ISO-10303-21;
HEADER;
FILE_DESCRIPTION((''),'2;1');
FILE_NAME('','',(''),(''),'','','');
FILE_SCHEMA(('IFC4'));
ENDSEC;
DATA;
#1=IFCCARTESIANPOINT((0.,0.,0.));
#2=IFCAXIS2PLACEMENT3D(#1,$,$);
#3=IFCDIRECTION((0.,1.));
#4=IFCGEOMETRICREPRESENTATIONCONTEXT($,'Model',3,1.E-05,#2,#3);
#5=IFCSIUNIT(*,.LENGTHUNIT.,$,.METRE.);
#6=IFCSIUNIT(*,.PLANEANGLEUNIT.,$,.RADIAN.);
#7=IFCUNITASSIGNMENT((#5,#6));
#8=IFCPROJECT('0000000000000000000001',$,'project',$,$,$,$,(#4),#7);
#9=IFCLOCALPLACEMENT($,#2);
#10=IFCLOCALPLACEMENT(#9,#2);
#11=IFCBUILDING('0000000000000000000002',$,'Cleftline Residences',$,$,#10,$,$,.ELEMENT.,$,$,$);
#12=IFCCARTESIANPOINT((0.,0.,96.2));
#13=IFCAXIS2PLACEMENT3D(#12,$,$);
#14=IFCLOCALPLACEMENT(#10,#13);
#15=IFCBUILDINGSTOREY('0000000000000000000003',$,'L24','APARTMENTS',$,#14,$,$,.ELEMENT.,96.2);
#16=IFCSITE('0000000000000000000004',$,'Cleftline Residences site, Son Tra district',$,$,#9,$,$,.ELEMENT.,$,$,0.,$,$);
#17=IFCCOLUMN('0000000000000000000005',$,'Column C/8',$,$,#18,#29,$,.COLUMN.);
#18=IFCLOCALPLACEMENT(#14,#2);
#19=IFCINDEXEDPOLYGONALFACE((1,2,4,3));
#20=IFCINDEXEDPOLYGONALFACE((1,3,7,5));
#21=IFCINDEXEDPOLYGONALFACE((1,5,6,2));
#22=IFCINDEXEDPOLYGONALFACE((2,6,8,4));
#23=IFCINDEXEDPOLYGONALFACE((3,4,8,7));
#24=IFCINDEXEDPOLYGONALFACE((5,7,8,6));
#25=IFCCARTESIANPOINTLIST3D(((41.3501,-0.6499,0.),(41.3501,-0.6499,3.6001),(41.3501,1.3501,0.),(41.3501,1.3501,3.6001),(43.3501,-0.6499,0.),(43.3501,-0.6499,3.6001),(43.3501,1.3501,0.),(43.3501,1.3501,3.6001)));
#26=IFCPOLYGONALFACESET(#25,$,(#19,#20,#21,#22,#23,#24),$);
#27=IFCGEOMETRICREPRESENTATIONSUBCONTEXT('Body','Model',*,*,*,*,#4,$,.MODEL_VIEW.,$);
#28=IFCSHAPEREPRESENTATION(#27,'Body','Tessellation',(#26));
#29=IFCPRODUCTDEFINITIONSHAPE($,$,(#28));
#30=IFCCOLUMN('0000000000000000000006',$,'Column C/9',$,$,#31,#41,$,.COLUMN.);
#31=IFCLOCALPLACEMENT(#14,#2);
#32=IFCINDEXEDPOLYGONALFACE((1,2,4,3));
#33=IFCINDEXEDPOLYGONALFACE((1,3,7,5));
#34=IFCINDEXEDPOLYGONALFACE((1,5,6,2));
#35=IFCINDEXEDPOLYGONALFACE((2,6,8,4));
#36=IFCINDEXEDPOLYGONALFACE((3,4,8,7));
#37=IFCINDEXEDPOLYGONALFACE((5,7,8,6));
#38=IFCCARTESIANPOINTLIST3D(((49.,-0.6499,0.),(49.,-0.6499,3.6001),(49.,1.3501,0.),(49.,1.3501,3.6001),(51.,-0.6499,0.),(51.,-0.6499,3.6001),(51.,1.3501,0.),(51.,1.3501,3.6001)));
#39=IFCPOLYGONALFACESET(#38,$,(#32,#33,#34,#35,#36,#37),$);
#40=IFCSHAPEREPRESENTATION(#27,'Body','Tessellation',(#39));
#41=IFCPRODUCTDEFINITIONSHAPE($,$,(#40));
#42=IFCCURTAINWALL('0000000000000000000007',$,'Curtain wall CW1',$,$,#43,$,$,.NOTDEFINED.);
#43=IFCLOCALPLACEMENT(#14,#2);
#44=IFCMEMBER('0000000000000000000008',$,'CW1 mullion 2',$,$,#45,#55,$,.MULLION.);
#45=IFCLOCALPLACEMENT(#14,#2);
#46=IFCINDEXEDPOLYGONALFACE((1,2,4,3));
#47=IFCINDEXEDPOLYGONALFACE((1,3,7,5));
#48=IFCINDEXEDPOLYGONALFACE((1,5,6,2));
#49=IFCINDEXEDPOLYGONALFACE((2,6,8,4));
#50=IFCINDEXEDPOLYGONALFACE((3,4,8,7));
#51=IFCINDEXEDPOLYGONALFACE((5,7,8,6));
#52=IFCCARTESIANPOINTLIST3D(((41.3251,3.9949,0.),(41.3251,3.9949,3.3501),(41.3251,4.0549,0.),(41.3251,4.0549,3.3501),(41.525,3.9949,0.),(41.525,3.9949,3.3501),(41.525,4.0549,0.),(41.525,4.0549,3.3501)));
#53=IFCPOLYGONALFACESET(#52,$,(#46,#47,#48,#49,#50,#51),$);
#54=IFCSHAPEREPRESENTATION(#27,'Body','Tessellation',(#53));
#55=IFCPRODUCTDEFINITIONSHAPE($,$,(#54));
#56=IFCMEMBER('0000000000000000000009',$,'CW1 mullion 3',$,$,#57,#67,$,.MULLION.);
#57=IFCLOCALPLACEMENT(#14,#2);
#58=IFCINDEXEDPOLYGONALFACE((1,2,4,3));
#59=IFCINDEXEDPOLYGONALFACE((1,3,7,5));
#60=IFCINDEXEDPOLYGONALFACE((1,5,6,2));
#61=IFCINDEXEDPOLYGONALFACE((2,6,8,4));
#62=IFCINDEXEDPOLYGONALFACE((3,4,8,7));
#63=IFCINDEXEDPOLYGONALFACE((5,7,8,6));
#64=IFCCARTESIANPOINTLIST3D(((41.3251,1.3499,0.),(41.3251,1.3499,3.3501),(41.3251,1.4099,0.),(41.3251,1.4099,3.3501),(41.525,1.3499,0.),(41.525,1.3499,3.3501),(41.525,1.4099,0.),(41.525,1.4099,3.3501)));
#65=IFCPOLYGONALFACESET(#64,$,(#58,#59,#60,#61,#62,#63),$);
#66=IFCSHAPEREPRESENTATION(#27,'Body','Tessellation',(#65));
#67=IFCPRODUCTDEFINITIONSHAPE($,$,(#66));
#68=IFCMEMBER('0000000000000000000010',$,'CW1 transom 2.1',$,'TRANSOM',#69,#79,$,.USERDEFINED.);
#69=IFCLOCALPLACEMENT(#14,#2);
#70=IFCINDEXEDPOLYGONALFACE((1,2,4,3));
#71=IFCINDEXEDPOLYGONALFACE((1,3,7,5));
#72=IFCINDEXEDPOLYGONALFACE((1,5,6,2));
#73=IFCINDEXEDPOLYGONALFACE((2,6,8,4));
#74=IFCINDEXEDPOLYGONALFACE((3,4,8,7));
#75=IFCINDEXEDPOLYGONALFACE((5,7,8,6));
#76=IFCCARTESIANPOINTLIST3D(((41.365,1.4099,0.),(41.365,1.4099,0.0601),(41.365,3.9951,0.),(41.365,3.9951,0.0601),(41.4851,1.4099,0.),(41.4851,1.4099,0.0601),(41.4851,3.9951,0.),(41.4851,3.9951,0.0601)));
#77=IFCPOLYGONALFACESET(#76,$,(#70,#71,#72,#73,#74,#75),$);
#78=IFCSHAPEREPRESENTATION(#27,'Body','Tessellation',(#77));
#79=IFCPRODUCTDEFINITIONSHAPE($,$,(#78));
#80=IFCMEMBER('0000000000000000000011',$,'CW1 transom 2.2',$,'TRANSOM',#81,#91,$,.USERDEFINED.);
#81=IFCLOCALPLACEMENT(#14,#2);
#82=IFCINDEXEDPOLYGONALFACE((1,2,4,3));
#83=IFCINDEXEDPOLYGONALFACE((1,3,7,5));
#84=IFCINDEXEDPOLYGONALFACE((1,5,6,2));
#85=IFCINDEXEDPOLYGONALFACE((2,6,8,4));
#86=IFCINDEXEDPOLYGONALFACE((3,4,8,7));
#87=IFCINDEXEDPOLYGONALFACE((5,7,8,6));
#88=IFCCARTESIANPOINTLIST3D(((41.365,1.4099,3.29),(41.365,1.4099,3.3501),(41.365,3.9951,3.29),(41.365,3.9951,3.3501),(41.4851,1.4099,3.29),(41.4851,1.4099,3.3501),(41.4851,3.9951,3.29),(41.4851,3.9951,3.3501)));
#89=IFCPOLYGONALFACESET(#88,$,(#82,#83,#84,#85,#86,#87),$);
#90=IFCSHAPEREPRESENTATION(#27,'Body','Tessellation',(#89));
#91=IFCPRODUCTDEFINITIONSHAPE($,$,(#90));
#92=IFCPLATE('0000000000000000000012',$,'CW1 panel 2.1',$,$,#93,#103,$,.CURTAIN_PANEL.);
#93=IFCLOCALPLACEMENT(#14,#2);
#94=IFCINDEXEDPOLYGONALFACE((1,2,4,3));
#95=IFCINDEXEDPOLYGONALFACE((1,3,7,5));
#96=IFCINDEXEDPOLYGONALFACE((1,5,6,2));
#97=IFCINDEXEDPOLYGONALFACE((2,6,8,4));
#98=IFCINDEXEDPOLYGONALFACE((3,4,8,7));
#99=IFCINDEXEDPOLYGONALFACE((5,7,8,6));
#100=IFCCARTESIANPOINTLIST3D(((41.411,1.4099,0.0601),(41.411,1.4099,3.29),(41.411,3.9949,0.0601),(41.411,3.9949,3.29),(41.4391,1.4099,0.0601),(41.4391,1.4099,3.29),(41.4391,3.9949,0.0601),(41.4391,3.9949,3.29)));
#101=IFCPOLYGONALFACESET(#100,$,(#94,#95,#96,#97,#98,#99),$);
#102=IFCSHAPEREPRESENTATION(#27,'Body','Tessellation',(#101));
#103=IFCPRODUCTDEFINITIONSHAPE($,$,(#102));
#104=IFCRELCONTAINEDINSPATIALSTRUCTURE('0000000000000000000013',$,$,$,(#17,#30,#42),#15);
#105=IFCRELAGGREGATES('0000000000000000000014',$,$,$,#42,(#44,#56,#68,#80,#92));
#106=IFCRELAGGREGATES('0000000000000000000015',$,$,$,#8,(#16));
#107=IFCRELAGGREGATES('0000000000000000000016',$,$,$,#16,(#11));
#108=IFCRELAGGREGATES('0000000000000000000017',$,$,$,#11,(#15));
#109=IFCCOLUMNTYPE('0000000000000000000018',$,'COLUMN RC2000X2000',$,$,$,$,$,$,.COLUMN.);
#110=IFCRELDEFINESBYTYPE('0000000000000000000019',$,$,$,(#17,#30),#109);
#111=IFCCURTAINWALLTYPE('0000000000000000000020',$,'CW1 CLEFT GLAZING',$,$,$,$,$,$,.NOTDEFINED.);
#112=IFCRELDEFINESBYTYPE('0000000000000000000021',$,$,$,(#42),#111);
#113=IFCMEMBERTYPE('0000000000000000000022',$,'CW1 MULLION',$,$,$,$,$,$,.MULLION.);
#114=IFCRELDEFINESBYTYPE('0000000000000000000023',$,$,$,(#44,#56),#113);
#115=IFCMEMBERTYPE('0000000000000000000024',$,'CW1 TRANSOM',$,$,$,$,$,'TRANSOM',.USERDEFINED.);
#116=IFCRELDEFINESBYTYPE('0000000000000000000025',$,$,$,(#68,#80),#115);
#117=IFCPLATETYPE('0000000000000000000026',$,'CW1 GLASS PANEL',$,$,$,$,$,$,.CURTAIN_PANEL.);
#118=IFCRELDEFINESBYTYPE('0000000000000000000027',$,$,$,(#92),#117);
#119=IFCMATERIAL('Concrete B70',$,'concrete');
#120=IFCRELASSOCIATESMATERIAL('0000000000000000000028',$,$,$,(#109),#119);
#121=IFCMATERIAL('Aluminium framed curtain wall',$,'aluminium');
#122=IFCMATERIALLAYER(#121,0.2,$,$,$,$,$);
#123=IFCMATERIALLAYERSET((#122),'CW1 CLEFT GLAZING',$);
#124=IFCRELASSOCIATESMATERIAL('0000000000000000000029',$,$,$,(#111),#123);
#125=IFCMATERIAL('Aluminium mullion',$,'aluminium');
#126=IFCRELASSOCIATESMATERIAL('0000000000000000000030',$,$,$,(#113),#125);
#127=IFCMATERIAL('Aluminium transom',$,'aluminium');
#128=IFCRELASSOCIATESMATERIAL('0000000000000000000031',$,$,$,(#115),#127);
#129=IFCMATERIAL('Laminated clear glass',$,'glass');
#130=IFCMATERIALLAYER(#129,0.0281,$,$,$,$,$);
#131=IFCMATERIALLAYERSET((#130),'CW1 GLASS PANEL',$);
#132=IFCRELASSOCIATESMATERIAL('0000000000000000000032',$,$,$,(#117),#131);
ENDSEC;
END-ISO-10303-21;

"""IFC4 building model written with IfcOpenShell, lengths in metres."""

from ifc_helpers import new_model, si_unit, direction, frame, origin, origin_2d, place, context, subcontext, project, spatial, rectangle, extrude, material, layer, layer_set, material_profile, profile_set, type_object, element, aggregate, save


model = new_model("IFC4")

# Units and contexts
model_context = context("Model", 3, precision=1e-05, world=origin(), true_north=direction((0.0, 1.0)))
body_context = subcontext(model_context, "Body", "Model", "MODEL_VIEW")
ifc_project = project(units=[si_unit("LENGTHUNIT", "METRE"), si_unit("PLANEANGLEUNIT", "RADIAN")], contexts=[model_context])

# Site, building, storey
site_placement = place(None, origin())
site = spatial("IfcSite", under=ifc_project, at=site_placement, Name="Cleftline Residences site, Son Tra district", CompositionType="ELEMENT", RefElevation=0.0)
building_placement = place(site_placement, origin())
building = spatial("IfcBuilding", under=site, at=building_placement, Name="Cleftline Residences", CompositionType="ELEMENT")
storey_placement = place(building_placement, frame((0.0, 0.0, 96.2)))
storey = spatial("IfcBuildingStorey", under=building, at=storey_placement, Name="L24", Description="APARTMENTS", CompositionType="ELEMENT", Elevation=96.2)

# Columns
ifc_material_1 = material(Name="Concrete B70", Category="concrete")
ifc_material_profile_1 = material_profile(ifc_material_1, rectangle(XDim=2.0, YDim=2.0, at=origin_2d()))
ifc_profile_set_1 = profile_set([ifc_material_profile_1], Name="Concrete B70")
column_type = type_object("IfcColumnType", Name="COLUMN RC2000X2000", PredefinedType="COLUMN", material=ifc_profile_set_1)
for number, where, z_axis, x_axis, name in (
    (1, (42.3501, 0.3501, 0.0), (0.0, 0.0, 1.0), (1.0, 0.0, 0.0), "Column C/8"),
    (2, (50.0, 0.3501, 0.0), (0.0, 0.0, 1.0), (1.0, 0.0, 0.0), "Column C/9"),
):
    element("IfcColumn", number, at=place(storey_placement, frame(where, z_axis=z_axis, x_axis=x_axis)), inside=storey, type_object=column_type, Name=name, PredefinedType="COLUMN", context=body_context, shape_type="SweptSolid", body=[
        extrude(rectangle(XDim=2.0, YDim=2.0, at=origin_2d()), origin(), (0.0, 0.0, 1.0), 3.6001),
    ])

# Curtain wall, members, plate
ifc_material_2 = material(Name="Aluminium framed curtain wall", Category="aluminium")
ifc_layer_1 = layer(ifc_material_2, 0.2)
ifc_layer_set_1 = layer_set([ifc_layer_1], Name="CW1 CLEFT GLAZING")
curtain_wall_type = type_object("IfcCurtainWallType", Name="CW1 CLEFT GLAZING", PredefinedType="NOTDEFINED", material=ifc_layer_set_1)
curtain_wall_placement = place(storey_placement, origin())
curtain_wall = element("IfcCurtainWall", 3, at=curtain_wall_placement, inside=storey, type_object=curtain_wall_type, Name="Curtain wall CW1", PredefinedType="NOTDEFINED")
ifc_material_3 = material(Name="Aluminium mullion", Category="aluminium")
ifc_material_profile_2 = material_profile(ifc_material_3, rectangle(XDim=0.2, YDim=0.0601, at=origin_2d()))
ifc_profile_set_2 = profile_set([ifc_material_profile_2], Name="Aluminium mullion")
member_type_1 = type_object("IfcMemberType", Name="CW1 MULLION", PredefinedType="MULLION", material=ifc_profile_set_2)
member_1_placement = place(storey_placement, frame((41.425, 4.0249, 0.0), z_axis=(0.0, 0.0, 1.0), x_axis=(1.0, 0.0, 0.0)))
member_1 = element("IfcMember", 4, at=member_1_placement, type_object=member_type_1, Name="CW1 mullion 2", PredefinedType="MULLION", context=body_context, shape_type="SweptSolid", body=[
    extrude(rectangle(XDim=0.2, YDim=0.0601, at=origin_2d()), origin(), (0.0, 0.0, 1.0), 3.3501),
])
member_2_placement = place(storey_placement, frame((41.425, 1.3799, 0.0), z_axis=(0.0, 0.0, 1.0), x_axis=(1.0, 0.0, 0.0)))
member_2 = element("IfcMember", 5, at=member_2_placement, type_object=member_type_1, Name="CW1 mullion 3", PredefinedType="MULLION", context=body_context, shape_type="SweptSolid", body=[
    extrude(rectangle(XDim=0.2, YDim=0.0601, at=origin_2d()), origin(), (0.0, 0.0, 1.0), 3.3501),
])
ifc_material_4 = material(Name="Aluminium transom", Category="aluminium")
ifc_material_profile_3 = material_profile(ifc_material_4, rectangle(XDim=0.1201, YDim=0.0601, at=origin_2d()))
ifc_profile_set_3 = profile_set([ifc_material_profile_3], Name="Aluminium transom")
member_type_2 = type_object("IfcMemberType", Name="CW1 TRANSOM", ElementType="TRANSOM", PredefinedType="USERDEFINED", material=ifc_profile_set_3)
member_3_placement = place(storey_placement, frame((41.425, 3.9951, 0.03), z_axis=(0.0, -1.0, 0.0), x_axis=(1.0, 0.0, 0.0)))
member_3 = element("IfcMember", 6, at=member_3_placement, type_object=member_type_2, Name="CW1 transom 2.1", ObjectType="TRANSOM", PredefinedType="USERDEFINED", context=body_context, shape_type="SweptSolid", body=[
    extrude(rectangle(XDim=0.1201, YDim=0.0601, at=origin_2d()), origin(), (0.0, 0.0, 1.0), 2.5852),
])
member_4_placement = place(storey_placement, frame((41.425, 3.9951, 3.3201), z_axis=(0.0, -1.0, 0.0), x_axis=(1.0, 0.0, 0.0)))
member_4 = element("IfcMember", 7, at=member_4_placement, type_object=member_type_2, Name="CW1 transom 2.2", ObjectType="TRANSOM", PredefinedType="USERDEFINED", context=body_context, shape_type="SweptSolid", body=[
    extrude(rectangle(XDim=0.1201, YDim=0.0601, at=origin_2d()), origin(), (0.0, 0.0, 1.0), 2.5852),
])
ifc_material_5 = material(Name="Laminated clear glass", Category="glass")
ifc_layer_2 = layer(ifc_material_5, 0.0281)
ifc_layer_set_2 = layer_set([ifc_layer_2], Name="CW1 GLASS PANEL")
plate_type = type_object("IfcPlateType", Name="CW1 GLASS PANEL", PredefinedType="CURTAIN_PANEL", material=ifc_layer_set_2)
plate_placement = place(storey_placement, frame((41.425, 2.7024, 0.0601), z_axis=(0.0, 0.0, 1.0), x_axis=(0.0, -1.0, 0.0)))
plate = element("IfcPlate", 8, at=plate_placement, type_object=plate_type, Name="CW1 panel 2.1", PredefinedType="CURTAIN_PANEL", context=body_context, shape_type="SweptSolid", body=[
    extrude(rectangle(XDim=2.585, YDim=0.0281, at=origin_2d()), origin(), (0.0, 0.0, 1.0), 3.23),
])
aggregate(curtain_wall, [member_1, member_2, member_3, member_4, plate])

save(model, "model.ifc")
